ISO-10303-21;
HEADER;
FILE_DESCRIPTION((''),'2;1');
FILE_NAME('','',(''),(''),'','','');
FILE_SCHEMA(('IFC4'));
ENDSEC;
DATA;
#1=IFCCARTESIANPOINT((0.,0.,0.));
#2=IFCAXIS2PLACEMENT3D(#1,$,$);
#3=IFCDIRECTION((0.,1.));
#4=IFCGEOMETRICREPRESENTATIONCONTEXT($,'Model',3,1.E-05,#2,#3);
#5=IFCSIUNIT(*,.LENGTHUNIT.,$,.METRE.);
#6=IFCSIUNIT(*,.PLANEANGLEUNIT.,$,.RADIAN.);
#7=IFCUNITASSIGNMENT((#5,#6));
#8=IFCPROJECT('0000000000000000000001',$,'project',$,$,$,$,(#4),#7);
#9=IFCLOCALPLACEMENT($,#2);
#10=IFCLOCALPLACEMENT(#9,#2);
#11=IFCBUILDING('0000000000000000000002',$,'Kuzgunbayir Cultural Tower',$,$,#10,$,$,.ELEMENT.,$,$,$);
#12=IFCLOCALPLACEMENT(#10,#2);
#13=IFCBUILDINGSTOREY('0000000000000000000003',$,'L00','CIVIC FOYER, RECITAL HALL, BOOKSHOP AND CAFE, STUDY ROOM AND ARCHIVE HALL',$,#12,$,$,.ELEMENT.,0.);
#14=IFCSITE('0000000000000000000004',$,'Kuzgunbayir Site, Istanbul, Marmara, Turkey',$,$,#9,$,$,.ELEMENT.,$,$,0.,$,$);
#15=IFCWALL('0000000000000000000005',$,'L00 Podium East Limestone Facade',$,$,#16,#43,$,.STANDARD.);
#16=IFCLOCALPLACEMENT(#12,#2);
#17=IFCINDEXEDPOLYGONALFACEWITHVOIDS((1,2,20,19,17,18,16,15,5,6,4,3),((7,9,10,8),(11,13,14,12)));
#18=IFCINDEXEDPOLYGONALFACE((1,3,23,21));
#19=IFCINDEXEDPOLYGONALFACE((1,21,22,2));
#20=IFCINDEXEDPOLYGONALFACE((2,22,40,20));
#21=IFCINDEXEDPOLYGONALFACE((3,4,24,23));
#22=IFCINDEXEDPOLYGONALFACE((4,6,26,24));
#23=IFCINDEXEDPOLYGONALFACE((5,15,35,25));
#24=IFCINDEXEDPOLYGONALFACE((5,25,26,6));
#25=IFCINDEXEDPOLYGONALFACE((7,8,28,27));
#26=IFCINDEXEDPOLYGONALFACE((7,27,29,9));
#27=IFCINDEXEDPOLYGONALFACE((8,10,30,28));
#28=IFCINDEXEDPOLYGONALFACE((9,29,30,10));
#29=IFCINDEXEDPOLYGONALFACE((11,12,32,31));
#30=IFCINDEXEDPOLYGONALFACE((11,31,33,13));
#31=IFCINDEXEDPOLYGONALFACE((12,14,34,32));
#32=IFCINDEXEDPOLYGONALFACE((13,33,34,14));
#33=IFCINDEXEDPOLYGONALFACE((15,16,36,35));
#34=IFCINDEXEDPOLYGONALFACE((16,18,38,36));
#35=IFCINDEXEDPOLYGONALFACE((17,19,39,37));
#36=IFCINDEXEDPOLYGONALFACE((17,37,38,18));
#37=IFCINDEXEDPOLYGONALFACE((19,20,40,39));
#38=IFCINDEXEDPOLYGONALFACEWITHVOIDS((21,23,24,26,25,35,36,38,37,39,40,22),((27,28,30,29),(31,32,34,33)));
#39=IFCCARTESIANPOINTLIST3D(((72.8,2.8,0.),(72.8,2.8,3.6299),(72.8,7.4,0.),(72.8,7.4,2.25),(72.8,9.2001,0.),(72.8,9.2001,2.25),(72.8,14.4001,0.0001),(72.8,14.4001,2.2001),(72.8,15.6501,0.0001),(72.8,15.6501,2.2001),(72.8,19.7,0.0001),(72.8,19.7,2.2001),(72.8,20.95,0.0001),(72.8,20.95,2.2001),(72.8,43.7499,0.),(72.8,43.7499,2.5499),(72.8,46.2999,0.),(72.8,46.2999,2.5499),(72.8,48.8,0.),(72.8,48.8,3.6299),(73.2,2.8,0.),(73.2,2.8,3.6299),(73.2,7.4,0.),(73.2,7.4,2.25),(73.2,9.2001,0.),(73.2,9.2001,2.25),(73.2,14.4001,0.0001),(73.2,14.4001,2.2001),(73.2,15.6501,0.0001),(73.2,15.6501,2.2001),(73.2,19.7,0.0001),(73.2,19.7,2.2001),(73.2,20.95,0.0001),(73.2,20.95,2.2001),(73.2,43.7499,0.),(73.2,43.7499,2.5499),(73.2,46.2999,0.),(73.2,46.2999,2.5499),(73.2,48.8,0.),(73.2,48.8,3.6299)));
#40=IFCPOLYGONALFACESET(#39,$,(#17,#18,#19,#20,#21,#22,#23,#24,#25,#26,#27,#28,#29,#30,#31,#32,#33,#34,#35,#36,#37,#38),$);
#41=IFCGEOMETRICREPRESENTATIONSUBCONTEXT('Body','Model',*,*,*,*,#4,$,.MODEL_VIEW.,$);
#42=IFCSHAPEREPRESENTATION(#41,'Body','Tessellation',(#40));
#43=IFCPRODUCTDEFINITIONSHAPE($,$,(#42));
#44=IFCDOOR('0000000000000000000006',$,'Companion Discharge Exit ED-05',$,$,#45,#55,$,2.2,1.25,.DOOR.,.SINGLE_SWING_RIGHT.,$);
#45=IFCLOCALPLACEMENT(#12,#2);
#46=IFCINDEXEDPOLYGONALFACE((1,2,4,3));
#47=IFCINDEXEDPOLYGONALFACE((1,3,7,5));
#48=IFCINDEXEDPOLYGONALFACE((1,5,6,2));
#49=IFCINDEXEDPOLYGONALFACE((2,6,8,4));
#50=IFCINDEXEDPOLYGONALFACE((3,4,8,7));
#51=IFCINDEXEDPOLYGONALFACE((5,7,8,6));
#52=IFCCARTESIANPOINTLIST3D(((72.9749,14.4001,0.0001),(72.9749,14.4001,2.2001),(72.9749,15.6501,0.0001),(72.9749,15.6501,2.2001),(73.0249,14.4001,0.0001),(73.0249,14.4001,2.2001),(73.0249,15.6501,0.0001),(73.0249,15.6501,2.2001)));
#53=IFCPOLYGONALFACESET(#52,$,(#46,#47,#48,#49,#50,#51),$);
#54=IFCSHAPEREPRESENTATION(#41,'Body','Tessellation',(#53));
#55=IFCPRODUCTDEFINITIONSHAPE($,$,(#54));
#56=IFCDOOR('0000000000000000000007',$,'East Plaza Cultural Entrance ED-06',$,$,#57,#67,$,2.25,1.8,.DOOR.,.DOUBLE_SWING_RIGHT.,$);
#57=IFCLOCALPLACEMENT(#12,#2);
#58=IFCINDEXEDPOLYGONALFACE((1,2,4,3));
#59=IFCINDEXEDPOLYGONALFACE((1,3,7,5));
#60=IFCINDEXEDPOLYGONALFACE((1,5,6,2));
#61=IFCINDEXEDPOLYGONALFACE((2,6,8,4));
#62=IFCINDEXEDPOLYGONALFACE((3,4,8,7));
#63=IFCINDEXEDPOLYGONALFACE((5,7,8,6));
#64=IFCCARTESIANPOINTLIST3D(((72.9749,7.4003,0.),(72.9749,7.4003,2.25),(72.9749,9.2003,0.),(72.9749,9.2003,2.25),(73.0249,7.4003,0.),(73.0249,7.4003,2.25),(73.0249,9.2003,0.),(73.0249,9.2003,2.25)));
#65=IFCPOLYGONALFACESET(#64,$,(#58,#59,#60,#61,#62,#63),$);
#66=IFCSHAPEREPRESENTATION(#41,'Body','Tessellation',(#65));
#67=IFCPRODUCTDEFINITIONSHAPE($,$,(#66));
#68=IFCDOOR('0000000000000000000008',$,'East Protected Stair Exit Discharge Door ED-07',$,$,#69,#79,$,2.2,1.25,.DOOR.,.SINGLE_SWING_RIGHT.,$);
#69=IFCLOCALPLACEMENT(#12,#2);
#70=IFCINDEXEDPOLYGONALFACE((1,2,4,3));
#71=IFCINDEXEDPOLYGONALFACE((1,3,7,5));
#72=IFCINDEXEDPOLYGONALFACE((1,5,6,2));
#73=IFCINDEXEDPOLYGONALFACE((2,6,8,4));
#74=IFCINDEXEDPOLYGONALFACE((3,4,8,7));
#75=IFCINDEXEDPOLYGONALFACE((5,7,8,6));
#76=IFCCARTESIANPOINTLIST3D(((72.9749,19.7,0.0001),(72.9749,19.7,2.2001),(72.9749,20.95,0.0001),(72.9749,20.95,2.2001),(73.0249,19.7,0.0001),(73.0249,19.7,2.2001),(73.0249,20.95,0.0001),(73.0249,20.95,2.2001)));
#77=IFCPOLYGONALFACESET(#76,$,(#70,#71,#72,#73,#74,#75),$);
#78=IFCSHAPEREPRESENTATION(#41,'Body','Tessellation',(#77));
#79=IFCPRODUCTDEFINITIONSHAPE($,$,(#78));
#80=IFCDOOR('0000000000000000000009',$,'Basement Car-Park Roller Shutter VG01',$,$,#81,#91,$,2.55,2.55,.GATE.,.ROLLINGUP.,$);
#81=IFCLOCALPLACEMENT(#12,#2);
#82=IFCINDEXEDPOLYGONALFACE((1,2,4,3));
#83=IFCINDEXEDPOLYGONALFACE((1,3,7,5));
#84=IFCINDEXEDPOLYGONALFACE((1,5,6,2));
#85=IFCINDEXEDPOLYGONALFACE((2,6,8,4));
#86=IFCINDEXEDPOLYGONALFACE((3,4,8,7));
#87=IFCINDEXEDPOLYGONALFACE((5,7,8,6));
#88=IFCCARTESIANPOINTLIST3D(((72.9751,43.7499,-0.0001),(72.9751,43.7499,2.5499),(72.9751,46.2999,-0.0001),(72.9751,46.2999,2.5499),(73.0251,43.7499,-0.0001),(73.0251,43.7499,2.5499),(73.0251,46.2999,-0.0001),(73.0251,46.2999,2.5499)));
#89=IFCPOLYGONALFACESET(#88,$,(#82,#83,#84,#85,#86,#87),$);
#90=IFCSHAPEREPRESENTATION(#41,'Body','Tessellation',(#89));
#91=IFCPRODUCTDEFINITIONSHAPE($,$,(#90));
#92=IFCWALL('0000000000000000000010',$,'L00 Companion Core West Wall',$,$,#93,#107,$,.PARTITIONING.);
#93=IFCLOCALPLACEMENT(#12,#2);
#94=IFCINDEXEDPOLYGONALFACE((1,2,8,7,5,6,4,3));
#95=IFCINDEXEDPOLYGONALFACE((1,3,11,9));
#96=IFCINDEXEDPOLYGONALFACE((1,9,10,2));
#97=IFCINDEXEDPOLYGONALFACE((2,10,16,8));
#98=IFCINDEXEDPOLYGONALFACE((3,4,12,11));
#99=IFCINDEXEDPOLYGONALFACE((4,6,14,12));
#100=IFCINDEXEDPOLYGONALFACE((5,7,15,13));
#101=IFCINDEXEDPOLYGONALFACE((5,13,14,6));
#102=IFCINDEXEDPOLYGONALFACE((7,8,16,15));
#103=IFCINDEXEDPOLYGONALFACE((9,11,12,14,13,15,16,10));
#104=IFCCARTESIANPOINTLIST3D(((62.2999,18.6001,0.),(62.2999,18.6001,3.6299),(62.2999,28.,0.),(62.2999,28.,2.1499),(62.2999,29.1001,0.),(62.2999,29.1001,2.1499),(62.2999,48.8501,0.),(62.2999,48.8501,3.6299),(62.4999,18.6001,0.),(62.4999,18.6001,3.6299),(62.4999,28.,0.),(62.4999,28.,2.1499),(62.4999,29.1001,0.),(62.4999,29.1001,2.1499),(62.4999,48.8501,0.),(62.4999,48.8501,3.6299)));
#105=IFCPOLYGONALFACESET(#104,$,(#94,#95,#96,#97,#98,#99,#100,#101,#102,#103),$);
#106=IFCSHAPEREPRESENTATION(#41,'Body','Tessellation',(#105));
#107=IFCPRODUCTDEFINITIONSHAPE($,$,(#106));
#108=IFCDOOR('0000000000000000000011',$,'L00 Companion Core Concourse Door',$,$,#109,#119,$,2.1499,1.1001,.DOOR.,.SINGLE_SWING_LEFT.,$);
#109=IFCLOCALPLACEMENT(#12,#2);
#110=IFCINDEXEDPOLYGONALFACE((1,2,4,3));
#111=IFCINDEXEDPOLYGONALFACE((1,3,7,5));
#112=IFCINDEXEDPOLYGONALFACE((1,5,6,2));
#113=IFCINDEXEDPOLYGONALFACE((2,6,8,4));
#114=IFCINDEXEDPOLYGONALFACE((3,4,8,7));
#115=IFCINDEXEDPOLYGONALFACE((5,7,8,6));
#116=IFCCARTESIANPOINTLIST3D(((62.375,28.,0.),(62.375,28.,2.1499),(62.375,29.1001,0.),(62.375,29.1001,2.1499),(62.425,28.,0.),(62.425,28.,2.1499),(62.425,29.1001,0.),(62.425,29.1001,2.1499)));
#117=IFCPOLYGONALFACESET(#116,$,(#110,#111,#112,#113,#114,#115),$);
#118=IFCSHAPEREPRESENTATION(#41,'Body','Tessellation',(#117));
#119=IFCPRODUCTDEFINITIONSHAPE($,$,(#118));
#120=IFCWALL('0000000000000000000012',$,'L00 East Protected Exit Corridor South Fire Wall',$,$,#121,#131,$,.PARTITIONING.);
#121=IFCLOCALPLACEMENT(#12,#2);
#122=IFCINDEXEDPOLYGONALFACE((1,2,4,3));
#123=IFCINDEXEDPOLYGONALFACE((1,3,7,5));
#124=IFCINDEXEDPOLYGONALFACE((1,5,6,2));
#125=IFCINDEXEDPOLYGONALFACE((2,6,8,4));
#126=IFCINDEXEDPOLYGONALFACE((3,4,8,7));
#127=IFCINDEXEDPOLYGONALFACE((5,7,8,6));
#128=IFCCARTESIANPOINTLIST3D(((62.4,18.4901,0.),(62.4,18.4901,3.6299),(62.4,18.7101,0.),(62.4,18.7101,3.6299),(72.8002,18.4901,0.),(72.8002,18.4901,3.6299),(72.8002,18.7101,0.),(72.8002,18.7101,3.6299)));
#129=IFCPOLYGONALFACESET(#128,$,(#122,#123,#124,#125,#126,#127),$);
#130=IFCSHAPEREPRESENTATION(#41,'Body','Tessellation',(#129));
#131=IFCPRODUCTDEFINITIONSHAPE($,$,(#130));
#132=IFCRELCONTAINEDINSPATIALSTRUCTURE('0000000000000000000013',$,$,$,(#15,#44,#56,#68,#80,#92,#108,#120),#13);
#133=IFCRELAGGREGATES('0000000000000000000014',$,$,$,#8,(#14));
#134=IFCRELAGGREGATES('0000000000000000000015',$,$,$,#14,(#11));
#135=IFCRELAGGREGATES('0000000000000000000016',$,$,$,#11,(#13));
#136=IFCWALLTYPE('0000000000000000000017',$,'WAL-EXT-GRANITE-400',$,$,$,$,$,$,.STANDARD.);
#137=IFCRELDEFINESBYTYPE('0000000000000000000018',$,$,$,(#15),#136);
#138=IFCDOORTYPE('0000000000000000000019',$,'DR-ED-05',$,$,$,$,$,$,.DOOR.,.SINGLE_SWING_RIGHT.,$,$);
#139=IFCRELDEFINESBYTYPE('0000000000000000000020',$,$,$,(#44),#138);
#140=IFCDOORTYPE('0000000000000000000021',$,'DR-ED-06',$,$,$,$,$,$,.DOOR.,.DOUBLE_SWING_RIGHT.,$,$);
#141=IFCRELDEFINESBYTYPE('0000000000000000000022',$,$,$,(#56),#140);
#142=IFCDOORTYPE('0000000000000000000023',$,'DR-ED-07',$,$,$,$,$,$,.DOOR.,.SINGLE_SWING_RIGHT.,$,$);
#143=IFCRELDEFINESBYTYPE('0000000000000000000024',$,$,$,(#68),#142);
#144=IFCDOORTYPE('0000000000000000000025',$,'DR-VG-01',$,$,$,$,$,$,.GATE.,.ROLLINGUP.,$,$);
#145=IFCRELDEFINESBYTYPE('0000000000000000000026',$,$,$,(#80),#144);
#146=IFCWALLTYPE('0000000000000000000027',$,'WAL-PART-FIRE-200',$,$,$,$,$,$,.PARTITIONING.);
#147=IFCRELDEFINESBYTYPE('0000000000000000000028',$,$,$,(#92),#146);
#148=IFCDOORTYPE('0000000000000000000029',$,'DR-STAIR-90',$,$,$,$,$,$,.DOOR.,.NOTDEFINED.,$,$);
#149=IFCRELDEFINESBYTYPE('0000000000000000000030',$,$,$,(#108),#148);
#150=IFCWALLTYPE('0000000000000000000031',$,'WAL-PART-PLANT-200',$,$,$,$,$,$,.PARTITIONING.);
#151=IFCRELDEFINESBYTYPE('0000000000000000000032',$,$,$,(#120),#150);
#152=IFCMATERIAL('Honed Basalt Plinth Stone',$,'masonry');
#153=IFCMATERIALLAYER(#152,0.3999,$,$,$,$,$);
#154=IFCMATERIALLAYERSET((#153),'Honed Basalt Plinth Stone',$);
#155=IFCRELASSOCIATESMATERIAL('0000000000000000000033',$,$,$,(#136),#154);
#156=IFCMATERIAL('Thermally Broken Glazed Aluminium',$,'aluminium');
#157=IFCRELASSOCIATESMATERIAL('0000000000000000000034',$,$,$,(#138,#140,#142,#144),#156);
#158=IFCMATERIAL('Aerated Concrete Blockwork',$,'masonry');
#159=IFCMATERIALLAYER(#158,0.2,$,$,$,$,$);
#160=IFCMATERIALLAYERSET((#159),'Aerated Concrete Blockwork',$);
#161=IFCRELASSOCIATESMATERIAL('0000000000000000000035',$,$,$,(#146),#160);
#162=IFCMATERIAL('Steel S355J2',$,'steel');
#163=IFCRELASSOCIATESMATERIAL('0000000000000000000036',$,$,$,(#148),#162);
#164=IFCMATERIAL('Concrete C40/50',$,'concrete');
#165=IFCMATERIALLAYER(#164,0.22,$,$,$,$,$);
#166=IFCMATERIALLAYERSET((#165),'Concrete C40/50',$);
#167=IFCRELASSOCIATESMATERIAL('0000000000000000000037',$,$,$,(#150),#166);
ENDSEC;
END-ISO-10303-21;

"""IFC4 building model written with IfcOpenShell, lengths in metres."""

from ifc_helpers import new_model, si_unit, direction, frame, frame_2d, origin, place, context, subcontext, project, spatial, rectangle, extrude, material, layer, layer_set, type_object, element, fill, save


model = new_model("IFC4")

# Units and contexts
model_context = context("Model", 3, precision=1e-05, world=origin(), true_north=direction((0.0, 1.0)))
body_context = subcontext(model_context, "Body", "Model", "MODEL_VIEW")
ifc_project = project(units=[si_unit("LENGTHUNIT", "METRE"), si_unit("PLANEANGLEUNIT", "RADIAN")], contexts=[model_context])

# Site, building, storey
site_placement = place(None, origin())
site = spatial("IfcSite", under=ifc_project, at=site_placement, Name="Kuzgunbayir Site, Istanbul, Marmara, Turkey", CompositionType="ELEMENT", RefElevation=0.0)
building_placement = place(site_placement, origin())
building = spatial("IfcBuilding", under=site, at=building_placement, Name="Kuzgunbayir Cultural Tower", CompositionType="ELEMENT")
storey_placement = place(building_placement, origin())
storey = spatial("IfcBuildingStorey", under=building, at=storey_placement, Name="L00", Description="CIVIC FOYER, RECITAL HALL, BOOKSHOP AND CAFE, STUDY ROOM AND ARCHIVE HALL", CompositionType="ELEMENT", Elevation=0.0)

# Shared definitions
ifc_material_1 = material(Name="Steel S355J2", Category="steel")

# Wall, openings, doors
ifc_material_2 = material(Name="Honed Basalt Plinth Stone", Category="masonry")
ifc_layer_1 = layer(ifc_material_2, 0.3999)
ifc_layer_set_1 = layer_set([ifc_layer_1], Name="Honed Basalt Plinth Stone")
wall_type_1 = type_object("IfcWallType", Name="WAL-EXT-GRANITE-400", PredefinedType="STANDARD", material=ifc_layer_set_1)
wall_1_placement = place(storey_placement, frame((73.0, 2.8, 0.0), z_axis=(0.0, 0.0, 1.0), x_axis=(0.0, 1.0, 0.0)))
wall_1 = element("IfcWall", 1, at=wall_1_placement, inside=storey, type_object=wall_type_1, Name="L00 Podium East Limestone Facade", PredefinedType="STANDARD", context=body_context, shape_type="SweptSolid", body=[
    extrude(rectangle(XDim=46.0, YDim=0.3999, at=frame_2d((23.0, 0.0))), origin(), (0.0, 0.0, 1.0), 3.6299),
])
opening_1_placement = place(wall_1_placement, frame((11.6001, 0.0, 0.0)))
opening_1 = element("IfcOpeningElement", 2, at=opening_1_placement, cuts=wall_1, PredefinedType="OPENING", context=body_context, shape_type="SweptSolid", body=[
    extrude(rectangle(XDim=1.25, YDim=2.2, at=frame_2d((0.625, 1.1001))), frame((0.0, 0.21, 0.0), z_axis=(0.0, -1.0, 0.0), x_axis=(1.0, 0.0, 0.0)), (0.0, 0.0, 1.0), 0.4199),
])
opening_2_placement = place(wall_1_placement, frame((4.6001, 0.0, 0.0)))
opening_2 = element("IfcOpeningElement", 3, at=opening_2_placement, cuts=wall_1, PredefinedType="OPENING", context=body_context, shape_type="SweptSolid", body=[
    extrude(rectangle(XDim=1.8, YDim=2.25, at=frame_2d((0.8999, 1.125))), frame((0.0, 0.21, 0.0), z_axis=(0.0, -1.0, 0.0), x_axis=(1.0, 0.0, 0.0)), (0.0, 0.0, 1.0), 0.4199),
])
opening_3_placement = place(wall_1_placement, frame((16.8999, 0.0, 0.0)))
opening_3 = element("IfcOpeningElement", 4, at=opening_3_placement, cuts=wall_1, PredefinedType="OPENING", context=body_context, shape_type="SweptSolid", body=[
    extrude(rectangle(XDim=1.25, YDim=2.2, at=frame_2d((0.625, 1.1001))), frame((0.0, 0.21, 0.0), z_axis=(0.0, -1.0, 0.0), x_axis=(1.0, 0.0, 0.0)), (0.0, 0.0, 1.0), 0.4199),
])
opening_4_placement = place(wall_1_placement, frame((40.95, 0.0, 0.0)))
opening_4 = element("IfcOpeningElement", 5, at=opening_4_placement, cuts=wall_1, PredefinedType="OPENING", context=body_context, shape_type="SweptSolid", body=[
    extrude(rectangle(XDim=2.55, YDim=2.55, at=frame_2d((1.2749, 1.2749))), frame((0.0, 0.21, 0.0), z_axis=(0.0, -1.0, 0.0), x_axis=(1.0, 0.0, 0.0)), (0.0, 0.0, 1.0), 0.4199),
])
ifc_material_3 = material(Name="Thermally Broken Glazed Aluminium", Category="aluminium")
door_type_1 = type_object("IfcDoorType", Name="DR-ED-05", OperationType="SINGLE_SWING_RIGHT", PredefinedType="DOOR", material=ifc_material_3)
door_1_placement = place(opening_1_placement, frame((1.25, 0.0, 0.0), z_axis=(0.0, 0.0, 1.0), x_axis=(-1.0, 0.0, 0.0)))
door_1 = element("IfcDoor", 6, at=door_1_placement, inside=storey, type_object=door_type_1, Name="Companion Discharge Exit ED-05", OperationType="SINGLE_SWING_RIGHT", OverallHeight=2.2, OverallWidth=1.25, PredefinedType="DOOR", context=body_context, shape_type="SweptSolid", body=[
    extrude(rectangle(XDim=1.25, YDim=2.2, at=frame_2d((0.625, 1.1001))), frame((0.0, 0.0249, 0.0), z_axis=(0.0, -1.0, 0.0), x_axis=(1.0, 0.0, 0.0)), (0.0, 0.0, 1.0), 0.05),
])
fill(opening_1, door_1)
door_type_2 = type_object("IfcDoorType", Name="DR-ED-06", OperationType="DOUBLE_SWING_RIGHT", PredefinedType="DOOR", material=ifc_material_3)
door_2_placement = place(opening_2_placement, frame((1.8, 0.0, 0.0), z_axis=(0.0, 0.0, 1.0), x_axis=(-1.0, 0.0, 0.0)))
door_2 = element("IfcDoor", 7, at=door_2_placement, inside=storey, type_object=door_type_2, Name="East Plaza Cultural Entrance ED-06", OperationType="DOUBLE_SWING_RIGHT", OverallHeight=2.25, OverallWidth=1.8, PredefinedType="DOOR", context=body_context, shape_type="SweptSolid", body=[
    extrude(rectangle(XDim=1.8, YDim=2.25, at=frame_2d((0.8999, 1.125))), frame((0.0, 0.0249, 0.0), z_axis=(0.0, -1.0, 0.0), x_axis=(1.0, 0.0, 0.0)), (0.0, 0.0, 1.0), 0.05),
])
fill(opening_2, door_2)
door_type_3 = type_object("IfcDoorType", Name="DR-ED-07", OperationType="SINGLE_SWING_RIGHT", PredefinedType="DOOR", material=ifc_material_3)
door_3_placement = place(opening_3_placement, frame((1.25, 0.0, 0.0), z_axis=(0.0, 0.0, 1.0), x_axis=(-1.0, 0.0, 0.0)))
door_3 = element("IfcDoor", 8, at=door_3_placement, inside=storey, type_object=door_type_3, Name="East Protected Stair Exit Discharge Door ED-07", OperationType="SINGLE_SWING_RIGHT", OverallHeight=2.2, OverallWidth=1.25, PredefinedType="DOOR", context=body_context, shape_type="SweptSolid", body=[
    extrude(rectangle(XDim=1.25, YDim=2.2, at=frame_2d((0.625, 1.1001))), frame((0.0, 0.0249, 0.0), z_axis=(0.0, -1.0, 0.0), x_axis=(1.0, 0.0, 0.0)), (0.0, 0.0, 1.0), 0.05),
])
fill(opening_3, door_3)
door_type_4 = type_object("IfcDoorType", Name="DR-VG-01", OperationType="ROLLINGUP", PredefinedType="GATE", material=ifc_material_3)
door_4_placement = place(opening_4_placement, origin())
door_4 = element("IfcDoor", 9, at=door_4_placement, inside=storey, type_object=door_type_4, Name="Basement Car-Park Roller Shutter VG01", OperationType="ROLLINGUP", OverallHeight=2.55, OverallWidth=2.55, PredefinedType="GATE", context=body_context, shape_type="SweptSolid", body=[
    extrude(rectangle(XDim=2.55, YDim=2.55, at=frame_2d((1.2749, 1.2749))), frame((0.0, 0.0249, 0.0), z_axis=(0.0, -1.0, 0.0), x_axis=(1.0, 0.0, 0.0)), (0.0, 0.0, 1.0), 0.05),
])
fill(opening_4, door_4)

# Wall, opening, door
ifc_material_4 = material(Name="Aerated Concrete Blockwork", Category="masonry")
ifc_layer_2 = layer(ifc_material_4, 0.2)
ifc_layer_set_2 = layer_set([ifc_layer_2], Name="Aerated Concrete Blockwork")
wall_type_2 = type_object("IfcWallType", Name="WAL-PART-FIRE-200", PredefinedType="PARTITIONING", material=ifc_layer_set_2)
wall_2_placement = place(storey_placement, frame((62.3999, 18.6001, 0.0), z_axis=(0.0, 0.0, 1.0), x_axis=(0.0, 1.0, 0.0)))
wall_2 = element("IfcWall", 10, at=wall_2_placement, inside=storey, type_object=wall_type_2, Name="L00 Companion Core West Wall", PredefinedType="PARTITIONING", context=body_context, shape_type="SweptSolid", body=[
    extrude(rectangle(XDim=30.25, YDim=0.2, at=frame_2d((15.125, 0.0))), origin(), (0.0, 0.0, 1.0), 3.6299),
])
opening_5_placement = place(wall_2_placement, frame((9.3999, 0.0, 0.0)))
opening_5 = element("IfcOpeningElement", 11, at=opening_5_placement, cuts=wall_2, PredefinedType="OPENING", context=body_context, shape_type="SweptSolid", body=[
    extrude(rectangle(XDim=1.1001, YDim=2.1499, at=frame_2d((0.55, 1.075))), frame((0.0, 0.1099, 0.0), z_axis=(0.0, -1.0, 0.0), x_axis=(1.0, 0.0, 0.0)), (0.0, 0.0, 1.0), 0.22),
])
door_type_5 = type_object("IfcDoorType", Name="DR-STAIR-90", OperationType="NOTDEFINED", PredefinedType="DOOR", material=ifc_material_1)
door_5_placement = place(opening_5_placement, origin())
door_5 = element("IfcDoor", 12, at=door_5_placement, inside=storey, type_object=door_type_5, Name="L00 Companion Core Concourse Door", OperationType="SINGLE_SWING_LEFT", OverallHeight=2.1499, OverallWidth=1.1001, PredefinedType="DOOR", context=body_context, shape_type="SweptSolid", body=[
    extrude(rectangle(XDim=1.1001, YDim=2.1499, at=frame_2d((0.55, 1.075))), frame((0.0, 0.0249, 0.0), z_axis=(0.0, -1.0, 0.0), x_axis=(1.0, 0.0, 0.0)), (0.0, 0.0, 1.0), 0.05),
])
fill(opening_5, door_5)

# Wall
ifc_material_5 = material(Name="Concrete C40/50", Category="concrete")
ifc_layer_3 = layer(ifc_material_5, 0.22)
ifc_layer_set_3 = layer_set([ifc_layer_3], Name="Concrete C40/50")
wall_type_3 = type_object("IfcWallType", Name="WAL-PART-PLANT-200", PredefinedType="PARTITIONING", material=ifc_layer_set_3)
wall_3_placement = place(storey_placement, frame((62.3999, 18.6001, 0.0), z_axis=(0.0, 0.0, 1.0), x_axis=(1.0, 0.0, 0.0)))
element("IfcWall", 13, at=wall_3_placement, inside=storey, type_object=wall_type_3, Name="L00 East Protected Exit Corridor South Fire Wall", PredefinedType="PARTITIONING", context=body_context, shape_type="SweptSolid", body=[
    extrude(rectangle(XDim=10.4001, YDim=0.22, at=frame_2d((5.2002, 0.0))), origin(), (0.0, 0.0, 1.0), 3.6299),
])

save(model, "model.ifc")
